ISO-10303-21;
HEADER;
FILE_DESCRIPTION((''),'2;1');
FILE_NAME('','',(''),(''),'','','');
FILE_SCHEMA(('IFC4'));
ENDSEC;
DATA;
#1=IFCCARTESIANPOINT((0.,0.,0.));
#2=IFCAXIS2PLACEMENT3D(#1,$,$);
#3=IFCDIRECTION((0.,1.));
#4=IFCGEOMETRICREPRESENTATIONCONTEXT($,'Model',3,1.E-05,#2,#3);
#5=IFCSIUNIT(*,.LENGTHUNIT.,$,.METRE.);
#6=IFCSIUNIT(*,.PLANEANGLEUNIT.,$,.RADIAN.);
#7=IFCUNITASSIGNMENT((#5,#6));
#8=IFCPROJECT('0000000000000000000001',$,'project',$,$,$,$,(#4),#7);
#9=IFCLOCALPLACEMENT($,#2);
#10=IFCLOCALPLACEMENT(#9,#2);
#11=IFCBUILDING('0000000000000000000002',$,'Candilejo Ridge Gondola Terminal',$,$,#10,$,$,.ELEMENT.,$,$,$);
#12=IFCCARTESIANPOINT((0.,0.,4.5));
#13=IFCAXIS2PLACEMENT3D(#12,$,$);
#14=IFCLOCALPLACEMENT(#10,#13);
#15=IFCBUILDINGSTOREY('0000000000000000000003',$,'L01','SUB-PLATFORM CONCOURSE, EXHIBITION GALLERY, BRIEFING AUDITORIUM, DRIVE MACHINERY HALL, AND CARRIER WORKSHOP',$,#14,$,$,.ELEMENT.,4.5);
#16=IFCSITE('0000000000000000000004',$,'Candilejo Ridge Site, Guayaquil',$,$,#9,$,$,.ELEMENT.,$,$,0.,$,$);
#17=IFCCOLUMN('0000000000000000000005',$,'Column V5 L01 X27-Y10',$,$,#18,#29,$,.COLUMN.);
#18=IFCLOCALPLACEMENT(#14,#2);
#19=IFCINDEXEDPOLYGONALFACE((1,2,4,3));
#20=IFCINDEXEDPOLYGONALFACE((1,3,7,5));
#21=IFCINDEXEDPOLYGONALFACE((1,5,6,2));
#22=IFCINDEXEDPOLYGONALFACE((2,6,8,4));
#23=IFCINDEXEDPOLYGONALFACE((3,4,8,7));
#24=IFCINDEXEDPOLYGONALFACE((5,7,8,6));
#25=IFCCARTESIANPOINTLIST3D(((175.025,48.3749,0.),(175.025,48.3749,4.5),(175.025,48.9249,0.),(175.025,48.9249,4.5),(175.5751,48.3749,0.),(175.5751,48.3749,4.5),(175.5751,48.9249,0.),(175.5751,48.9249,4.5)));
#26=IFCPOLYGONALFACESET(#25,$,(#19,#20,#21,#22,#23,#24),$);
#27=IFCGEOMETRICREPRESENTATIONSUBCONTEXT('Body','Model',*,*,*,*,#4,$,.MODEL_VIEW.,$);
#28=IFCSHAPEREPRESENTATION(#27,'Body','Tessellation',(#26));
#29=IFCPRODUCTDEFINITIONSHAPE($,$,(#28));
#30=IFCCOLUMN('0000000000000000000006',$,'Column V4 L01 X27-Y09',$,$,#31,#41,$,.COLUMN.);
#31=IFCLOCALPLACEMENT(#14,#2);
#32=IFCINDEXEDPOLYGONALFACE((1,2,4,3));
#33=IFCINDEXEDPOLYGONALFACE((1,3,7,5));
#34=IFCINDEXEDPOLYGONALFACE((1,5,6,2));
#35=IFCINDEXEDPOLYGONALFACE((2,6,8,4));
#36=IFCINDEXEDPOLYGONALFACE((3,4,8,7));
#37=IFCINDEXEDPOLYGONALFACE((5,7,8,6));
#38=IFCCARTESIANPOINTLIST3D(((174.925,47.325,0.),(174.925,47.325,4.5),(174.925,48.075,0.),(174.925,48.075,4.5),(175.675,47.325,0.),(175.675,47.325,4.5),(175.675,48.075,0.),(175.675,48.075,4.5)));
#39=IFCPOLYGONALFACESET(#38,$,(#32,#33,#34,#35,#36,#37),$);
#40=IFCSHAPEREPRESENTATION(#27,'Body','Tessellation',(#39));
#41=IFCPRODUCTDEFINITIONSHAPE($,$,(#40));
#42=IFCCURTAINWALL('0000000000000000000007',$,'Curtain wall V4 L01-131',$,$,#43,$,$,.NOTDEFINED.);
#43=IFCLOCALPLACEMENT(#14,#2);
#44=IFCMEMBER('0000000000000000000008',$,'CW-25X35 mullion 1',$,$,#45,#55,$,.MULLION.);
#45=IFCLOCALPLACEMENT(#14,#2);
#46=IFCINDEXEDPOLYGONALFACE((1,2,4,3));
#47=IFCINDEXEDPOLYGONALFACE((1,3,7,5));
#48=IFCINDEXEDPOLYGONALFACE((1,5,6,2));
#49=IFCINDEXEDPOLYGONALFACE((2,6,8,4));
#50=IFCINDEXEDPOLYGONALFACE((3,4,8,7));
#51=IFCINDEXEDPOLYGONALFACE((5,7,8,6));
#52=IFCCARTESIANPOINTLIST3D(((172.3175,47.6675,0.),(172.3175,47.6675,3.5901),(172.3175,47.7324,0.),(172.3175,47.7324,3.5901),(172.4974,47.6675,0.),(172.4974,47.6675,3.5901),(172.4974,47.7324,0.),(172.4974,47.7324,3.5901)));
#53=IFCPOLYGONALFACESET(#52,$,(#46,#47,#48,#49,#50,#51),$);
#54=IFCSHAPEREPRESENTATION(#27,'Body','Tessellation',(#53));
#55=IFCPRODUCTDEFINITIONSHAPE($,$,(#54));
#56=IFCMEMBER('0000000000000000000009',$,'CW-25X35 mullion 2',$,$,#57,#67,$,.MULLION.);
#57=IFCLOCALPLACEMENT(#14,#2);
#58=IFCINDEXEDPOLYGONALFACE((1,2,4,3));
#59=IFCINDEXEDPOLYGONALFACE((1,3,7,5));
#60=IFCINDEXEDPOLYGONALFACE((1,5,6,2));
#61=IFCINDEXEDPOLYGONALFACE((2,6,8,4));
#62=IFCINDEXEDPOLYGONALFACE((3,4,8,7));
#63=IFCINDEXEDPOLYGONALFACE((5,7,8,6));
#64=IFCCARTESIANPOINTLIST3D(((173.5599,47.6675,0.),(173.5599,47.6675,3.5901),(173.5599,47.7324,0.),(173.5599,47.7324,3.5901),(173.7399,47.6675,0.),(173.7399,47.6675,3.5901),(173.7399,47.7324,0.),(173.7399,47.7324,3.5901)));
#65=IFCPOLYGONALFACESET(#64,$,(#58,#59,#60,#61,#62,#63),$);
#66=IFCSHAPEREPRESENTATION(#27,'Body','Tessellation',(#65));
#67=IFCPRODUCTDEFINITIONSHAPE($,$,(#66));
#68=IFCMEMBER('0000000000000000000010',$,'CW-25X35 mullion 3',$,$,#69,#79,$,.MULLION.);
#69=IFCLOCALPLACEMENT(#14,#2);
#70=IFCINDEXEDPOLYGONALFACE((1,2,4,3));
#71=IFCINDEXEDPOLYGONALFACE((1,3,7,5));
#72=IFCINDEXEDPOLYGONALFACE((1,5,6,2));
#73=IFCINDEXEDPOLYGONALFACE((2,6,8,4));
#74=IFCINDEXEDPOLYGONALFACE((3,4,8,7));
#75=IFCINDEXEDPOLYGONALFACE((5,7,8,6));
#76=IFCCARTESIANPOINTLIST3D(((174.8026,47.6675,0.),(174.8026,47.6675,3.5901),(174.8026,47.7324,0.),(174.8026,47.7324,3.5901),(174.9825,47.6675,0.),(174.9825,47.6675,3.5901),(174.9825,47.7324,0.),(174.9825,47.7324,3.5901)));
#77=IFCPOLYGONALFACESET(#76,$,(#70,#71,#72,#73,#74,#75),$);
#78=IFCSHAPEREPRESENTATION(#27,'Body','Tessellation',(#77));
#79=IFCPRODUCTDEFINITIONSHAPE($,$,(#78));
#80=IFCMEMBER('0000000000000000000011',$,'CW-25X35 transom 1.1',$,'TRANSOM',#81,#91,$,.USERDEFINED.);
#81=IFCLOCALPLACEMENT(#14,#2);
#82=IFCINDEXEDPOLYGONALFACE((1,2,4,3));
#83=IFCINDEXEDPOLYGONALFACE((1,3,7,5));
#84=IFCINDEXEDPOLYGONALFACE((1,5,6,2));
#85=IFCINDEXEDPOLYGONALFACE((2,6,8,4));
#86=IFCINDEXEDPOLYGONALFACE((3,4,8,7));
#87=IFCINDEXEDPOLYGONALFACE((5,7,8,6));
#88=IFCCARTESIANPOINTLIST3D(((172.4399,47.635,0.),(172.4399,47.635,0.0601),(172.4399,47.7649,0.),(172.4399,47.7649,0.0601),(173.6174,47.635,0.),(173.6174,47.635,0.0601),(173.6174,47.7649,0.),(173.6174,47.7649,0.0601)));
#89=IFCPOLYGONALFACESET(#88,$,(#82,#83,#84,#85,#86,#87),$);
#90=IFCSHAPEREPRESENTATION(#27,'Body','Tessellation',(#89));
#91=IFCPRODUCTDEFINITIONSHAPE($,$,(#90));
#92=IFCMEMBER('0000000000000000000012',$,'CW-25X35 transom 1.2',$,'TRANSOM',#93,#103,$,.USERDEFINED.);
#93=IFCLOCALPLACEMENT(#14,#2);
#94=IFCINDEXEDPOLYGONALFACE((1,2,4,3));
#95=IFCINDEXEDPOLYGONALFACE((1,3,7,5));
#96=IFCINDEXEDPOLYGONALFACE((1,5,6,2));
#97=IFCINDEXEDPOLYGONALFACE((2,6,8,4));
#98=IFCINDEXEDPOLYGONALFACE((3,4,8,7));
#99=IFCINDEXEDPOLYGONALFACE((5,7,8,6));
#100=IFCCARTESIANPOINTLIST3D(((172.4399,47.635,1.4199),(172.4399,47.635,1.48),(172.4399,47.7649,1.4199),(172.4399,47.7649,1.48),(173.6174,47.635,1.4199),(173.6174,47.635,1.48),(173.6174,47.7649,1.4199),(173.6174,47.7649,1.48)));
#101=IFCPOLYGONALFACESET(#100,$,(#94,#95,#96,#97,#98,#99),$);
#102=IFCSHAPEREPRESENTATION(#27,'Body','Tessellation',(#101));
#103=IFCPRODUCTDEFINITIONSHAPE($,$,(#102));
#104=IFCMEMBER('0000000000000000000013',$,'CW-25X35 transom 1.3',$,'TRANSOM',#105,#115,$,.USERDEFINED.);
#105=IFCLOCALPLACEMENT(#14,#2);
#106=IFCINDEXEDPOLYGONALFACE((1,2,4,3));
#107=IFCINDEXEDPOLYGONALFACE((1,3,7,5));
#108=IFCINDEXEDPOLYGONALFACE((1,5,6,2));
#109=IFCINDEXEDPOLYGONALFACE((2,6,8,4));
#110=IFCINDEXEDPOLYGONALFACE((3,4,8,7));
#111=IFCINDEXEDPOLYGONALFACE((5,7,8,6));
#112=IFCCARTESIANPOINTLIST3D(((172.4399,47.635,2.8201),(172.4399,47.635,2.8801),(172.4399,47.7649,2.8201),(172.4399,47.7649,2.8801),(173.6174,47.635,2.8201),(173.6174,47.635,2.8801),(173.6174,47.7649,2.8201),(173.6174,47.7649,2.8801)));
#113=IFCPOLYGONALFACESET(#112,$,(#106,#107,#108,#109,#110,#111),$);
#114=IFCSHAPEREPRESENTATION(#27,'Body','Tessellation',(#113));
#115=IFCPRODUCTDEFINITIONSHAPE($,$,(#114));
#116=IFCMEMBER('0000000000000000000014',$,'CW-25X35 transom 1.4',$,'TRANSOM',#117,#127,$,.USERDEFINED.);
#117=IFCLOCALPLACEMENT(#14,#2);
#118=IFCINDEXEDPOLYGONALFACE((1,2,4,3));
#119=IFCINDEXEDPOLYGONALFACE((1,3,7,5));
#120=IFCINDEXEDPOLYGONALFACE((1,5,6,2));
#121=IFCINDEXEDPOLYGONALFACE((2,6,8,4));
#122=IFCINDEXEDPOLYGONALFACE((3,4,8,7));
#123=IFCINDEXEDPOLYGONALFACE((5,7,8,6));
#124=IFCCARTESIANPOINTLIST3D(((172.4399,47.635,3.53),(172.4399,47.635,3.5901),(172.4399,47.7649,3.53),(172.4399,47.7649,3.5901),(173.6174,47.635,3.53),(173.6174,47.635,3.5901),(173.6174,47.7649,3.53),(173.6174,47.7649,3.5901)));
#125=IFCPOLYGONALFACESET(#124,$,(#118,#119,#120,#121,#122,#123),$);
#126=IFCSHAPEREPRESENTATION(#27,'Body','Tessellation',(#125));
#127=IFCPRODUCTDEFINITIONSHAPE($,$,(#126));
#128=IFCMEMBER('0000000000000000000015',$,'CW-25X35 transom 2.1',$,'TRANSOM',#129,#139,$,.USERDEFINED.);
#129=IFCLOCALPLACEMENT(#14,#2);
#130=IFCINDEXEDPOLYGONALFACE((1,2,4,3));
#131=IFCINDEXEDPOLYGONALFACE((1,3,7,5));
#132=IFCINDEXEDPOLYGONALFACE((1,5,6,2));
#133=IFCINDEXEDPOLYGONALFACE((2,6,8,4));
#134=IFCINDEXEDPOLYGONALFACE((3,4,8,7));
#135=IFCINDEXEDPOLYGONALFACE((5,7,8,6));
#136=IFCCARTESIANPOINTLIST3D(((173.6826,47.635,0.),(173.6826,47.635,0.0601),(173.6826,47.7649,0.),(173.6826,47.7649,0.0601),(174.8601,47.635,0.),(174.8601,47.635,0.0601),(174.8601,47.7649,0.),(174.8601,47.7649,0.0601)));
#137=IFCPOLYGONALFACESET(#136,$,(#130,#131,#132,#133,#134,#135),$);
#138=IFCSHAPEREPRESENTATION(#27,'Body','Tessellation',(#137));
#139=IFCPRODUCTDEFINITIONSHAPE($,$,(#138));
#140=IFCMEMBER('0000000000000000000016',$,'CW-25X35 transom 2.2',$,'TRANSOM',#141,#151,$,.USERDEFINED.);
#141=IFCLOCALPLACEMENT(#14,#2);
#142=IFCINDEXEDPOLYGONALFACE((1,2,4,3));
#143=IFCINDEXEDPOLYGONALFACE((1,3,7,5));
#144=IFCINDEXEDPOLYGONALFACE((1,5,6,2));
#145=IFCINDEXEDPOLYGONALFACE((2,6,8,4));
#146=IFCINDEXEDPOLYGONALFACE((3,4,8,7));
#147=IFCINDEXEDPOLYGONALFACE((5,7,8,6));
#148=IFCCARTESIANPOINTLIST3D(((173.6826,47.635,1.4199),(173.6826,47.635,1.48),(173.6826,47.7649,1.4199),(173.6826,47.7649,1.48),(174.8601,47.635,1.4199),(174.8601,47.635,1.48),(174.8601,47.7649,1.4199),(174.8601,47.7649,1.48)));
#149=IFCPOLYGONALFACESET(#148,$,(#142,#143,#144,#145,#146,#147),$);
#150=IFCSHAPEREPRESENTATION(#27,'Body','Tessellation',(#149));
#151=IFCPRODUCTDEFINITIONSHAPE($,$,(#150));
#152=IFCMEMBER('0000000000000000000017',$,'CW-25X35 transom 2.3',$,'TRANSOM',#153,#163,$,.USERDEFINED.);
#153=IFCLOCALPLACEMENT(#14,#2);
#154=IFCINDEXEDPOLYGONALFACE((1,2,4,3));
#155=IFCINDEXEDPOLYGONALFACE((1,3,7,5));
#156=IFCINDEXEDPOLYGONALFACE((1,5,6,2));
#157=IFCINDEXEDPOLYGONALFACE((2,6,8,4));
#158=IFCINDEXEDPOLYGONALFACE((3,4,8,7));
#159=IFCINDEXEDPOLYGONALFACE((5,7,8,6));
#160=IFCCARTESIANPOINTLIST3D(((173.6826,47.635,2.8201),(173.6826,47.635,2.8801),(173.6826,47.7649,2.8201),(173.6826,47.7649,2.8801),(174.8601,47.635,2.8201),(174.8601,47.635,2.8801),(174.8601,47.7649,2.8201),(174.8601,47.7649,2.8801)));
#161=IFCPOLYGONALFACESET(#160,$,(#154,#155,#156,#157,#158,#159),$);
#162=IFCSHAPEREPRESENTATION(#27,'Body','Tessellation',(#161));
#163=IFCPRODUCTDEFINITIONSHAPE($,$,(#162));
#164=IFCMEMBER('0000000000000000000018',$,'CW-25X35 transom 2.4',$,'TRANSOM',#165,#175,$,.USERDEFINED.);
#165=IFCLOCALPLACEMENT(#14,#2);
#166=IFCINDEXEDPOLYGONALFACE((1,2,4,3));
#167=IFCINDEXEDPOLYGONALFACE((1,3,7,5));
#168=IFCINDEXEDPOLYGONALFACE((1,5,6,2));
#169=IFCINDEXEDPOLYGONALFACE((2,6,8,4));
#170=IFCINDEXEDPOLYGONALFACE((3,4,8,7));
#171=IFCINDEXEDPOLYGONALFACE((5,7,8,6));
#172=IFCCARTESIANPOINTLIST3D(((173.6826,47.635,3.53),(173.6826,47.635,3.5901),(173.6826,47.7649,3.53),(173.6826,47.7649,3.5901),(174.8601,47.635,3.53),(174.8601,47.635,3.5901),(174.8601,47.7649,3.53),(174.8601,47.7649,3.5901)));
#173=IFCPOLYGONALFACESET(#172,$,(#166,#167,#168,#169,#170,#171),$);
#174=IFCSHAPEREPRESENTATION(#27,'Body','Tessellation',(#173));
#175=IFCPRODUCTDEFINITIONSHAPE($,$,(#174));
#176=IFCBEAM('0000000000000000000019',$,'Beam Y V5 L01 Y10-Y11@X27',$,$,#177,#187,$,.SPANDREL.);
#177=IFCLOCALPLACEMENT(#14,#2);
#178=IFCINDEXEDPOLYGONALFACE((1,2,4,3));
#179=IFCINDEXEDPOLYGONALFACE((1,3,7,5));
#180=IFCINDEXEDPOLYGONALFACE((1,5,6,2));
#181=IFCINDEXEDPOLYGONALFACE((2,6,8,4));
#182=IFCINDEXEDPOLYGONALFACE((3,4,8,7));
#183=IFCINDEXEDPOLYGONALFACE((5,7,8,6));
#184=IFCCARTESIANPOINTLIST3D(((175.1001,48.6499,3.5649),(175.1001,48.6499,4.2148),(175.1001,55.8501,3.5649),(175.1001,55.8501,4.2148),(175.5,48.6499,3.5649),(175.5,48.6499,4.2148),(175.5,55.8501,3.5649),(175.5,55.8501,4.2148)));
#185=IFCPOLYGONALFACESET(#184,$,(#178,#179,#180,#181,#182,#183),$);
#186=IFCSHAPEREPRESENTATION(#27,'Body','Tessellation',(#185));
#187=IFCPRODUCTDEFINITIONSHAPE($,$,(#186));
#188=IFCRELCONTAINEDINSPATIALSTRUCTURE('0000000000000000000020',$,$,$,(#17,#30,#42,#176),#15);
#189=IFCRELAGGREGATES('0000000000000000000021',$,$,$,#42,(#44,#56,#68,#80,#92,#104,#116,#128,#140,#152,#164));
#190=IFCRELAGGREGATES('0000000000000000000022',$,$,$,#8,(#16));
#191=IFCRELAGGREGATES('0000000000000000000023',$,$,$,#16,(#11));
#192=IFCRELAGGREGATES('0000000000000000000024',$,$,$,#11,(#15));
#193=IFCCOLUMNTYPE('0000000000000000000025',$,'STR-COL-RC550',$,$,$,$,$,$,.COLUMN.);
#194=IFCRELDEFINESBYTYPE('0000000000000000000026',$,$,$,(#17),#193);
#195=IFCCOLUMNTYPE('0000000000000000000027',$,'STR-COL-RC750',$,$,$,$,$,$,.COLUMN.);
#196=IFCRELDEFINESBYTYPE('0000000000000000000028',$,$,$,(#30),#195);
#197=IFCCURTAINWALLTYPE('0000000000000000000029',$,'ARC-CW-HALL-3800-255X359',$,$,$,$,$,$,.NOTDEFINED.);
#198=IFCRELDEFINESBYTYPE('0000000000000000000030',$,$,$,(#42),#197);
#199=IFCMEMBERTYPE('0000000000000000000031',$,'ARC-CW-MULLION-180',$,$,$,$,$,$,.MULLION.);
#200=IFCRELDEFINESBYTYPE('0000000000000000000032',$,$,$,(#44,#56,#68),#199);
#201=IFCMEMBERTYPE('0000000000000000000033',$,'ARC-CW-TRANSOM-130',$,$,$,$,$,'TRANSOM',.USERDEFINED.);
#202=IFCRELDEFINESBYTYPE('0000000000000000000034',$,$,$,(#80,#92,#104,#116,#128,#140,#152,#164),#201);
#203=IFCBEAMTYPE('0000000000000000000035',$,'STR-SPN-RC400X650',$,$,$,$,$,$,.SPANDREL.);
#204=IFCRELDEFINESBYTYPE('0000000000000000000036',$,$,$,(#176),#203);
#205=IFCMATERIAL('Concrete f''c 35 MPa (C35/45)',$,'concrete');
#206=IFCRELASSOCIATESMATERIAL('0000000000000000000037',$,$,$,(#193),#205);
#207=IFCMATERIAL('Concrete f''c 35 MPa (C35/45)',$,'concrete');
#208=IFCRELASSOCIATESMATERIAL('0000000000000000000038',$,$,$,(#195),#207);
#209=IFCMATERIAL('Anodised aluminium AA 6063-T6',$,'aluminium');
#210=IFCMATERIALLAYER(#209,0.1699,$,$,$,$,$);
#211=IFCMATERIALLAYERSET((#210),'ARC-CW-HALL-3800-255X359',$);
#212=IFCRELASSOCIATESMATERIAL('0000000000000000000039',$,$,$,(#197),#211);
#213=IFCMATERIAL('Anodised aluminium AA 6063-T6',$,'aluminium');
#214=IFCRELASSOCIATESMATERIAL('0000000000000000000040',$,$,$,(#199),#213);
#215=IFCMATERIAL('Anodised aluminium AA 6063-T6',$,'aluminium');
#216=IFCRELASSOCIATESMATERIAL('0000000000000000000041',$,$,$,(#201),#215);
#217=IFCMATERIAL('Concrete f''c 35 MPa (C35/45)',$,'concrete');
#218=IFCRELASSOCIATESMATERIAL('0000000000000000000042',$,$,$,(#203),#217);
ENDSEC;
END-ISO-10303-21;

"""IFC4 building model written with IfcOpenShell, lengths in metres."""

from ifc_helpers import new_model, si_unit, direction, frame, origin, origin_2d, place, context, subcontext, project, spatial, rectangle, extrude, material, layer, layer_set, material_profile, profile_set, type_object, element, aggregate, save


model = new_model("IFC4")

# Units and contexts
model_context = context("Model", 3, precision=1e-05, world=origin(), true_north=direction((0.0, 1.0)))
body_context = subcontext(model_context, "Body", "Model", "MODEL_VIEW")
ifc_project = project(units=[si_unit("LENGTHUNIT", "METRE"), si_unit("PLANEANGLEUNIT", "RADIAN")], contexts=[model_context])

# Site, building, storey
site_placement = place(None, origin())
site = spatial("IfcSite", under=ifc_project, at=site_placement, Name="Candilejo Ridge Site, Guayaquil", CompositionType="ELEMENT", RefElevation=0.0)
building_placement = place(site_placement, origin())
building = spatial("IfcBuilding", under=site, at=building_placement, Name="Candilejo Ridge Gondola Terminal", CompositionType="ELEMENT")
storey_placement = place(building_placement, frame((0.0, 0.0, 4.5)))
storey = spatial("IfcBuildingStorey", under=building, at=storey_placement, Name="L01", Description="SUB-PLATFORM CONCOURSE, EXHIBITION GALLERY, BRIEFING AUDITORIUM, DRIVE MACHINERY HALL, AND CARRIER WORKSHOP", CompositionType="ELEMENT", Elevation=4.5)

# Columns
ifc_material_1 = material(Name="Concrete f'c 35 MPa (C35/45)", Category="concrete")
ifc_material_profile_1 = material_profile(ifc_material_1, rectangle(XDim=0.55, YDim=0.55, at=origin_2d()))
ifc_profile_set_1 = profile_set([ifc_material_profile_1], Name="Concrete f'c 35 MPa (C35/45)")
column_type_1 = type_object("IfcColumnType", Name="STR-COL-RC550", PredefinedType="COLUMN", material=ifc_profile_set_1)
column_1_placement = place(storey_placement, frame((175.3, 48.6499, 0.0), z_axis=(0.0, 0.0, 1.0), x_axis=(1.0, 0.0, 0.0)))
element("IfcColumn", 1, at=column_1_placement, inside=storey, type_object=column_type_1, Name="Column V5 L01 X27-Y10", PredefinedType="COLUMN", context=body_context, shape_type="SweptSolid", body=[
    extrude(rectangle(XDim=0.55, YDim=0.55, at=origin_2d()), origin(), (0.0, 0.0, 1.0), 4.5),
])
ifc_material_2 = material(Name="Concrete f'c 35 MPa (C35/45)", Category="concrete")
ifc_material_profile_2 = material_profile(ifc_material_2, rectangle(XDim=0.75, YDim=0.75, at=origin_2d()))
ifc_profile_set_2 = profile_set([ifc_material_profile_2], Name="Concrete f'c 35 MPa (C35/45)")
column_type_2 = type_object("IfcColumnType", Name="STR-COL-RC750", PredefinedType="COLUMN", material=ifc_profile_set_2)
column_2_placement = place(storey_placement, frame((175.3, 47.7, 0.0), z_axis=(0.0, 0.0, 1.0), x_axis=(1.0, 0.0, 0.0)))
element("IfcColumn", 2, at=column_2_placement, inside=storey, type_object=column_type_2, Name="Column V4 L01 X27-Y09", PredefinedType="COLUMN", context=body_context, shape_type="SweptSolid", body=[
    extrude(rectangle(XDim=0.75, YDim=0.75, at=origin_2d()), origin(), (0.0, 0.0, 1.0), 4.5),
])

# Curtain wall, members
ifc_material_3 = material(Name="Anodised aluminium AA 6063-T6", Category="aluminium")
ifc_layer_1 = layer(ifc_material_3, 0.1699)
ifc_layer_set_1 = layer_set([ifc_layer_1], Name="ARC-CW-HALL-3800-255X359")
curtain_wall_type = type_object("IfcCurtainWallType", Name="ARC-CW-HALL-3800-255X359", PredefinedType="NOTDEFINED", material=ifc_layer_set_1)
curtain_wall_placement = place(storey_placement, origin())
curtain_wall = element("IfcCurtainWall", 3, at=curtain_wall_placement, inside=storey, type_object=curtain_wall_type, Name="Curtain wall V4 L01-131", PredefinedType="NOTDEFINED")
ifc_material_4 = material(Name="Anodised aluminium AA 6063-T6", Category="aluminium")
ifc_material_profile_3 = material_profile(ifc_material_4, rectangle(XDim=0.0649, YDim=0.1799, at=origin_2d()))
ifc_profile_set_3 = profile_set([ifc_material_profile_3], Name="Anodised aluminium AA 6063-T6")
member_type_1 = type_object("IfcMemberType", Name="ARC-CW-MULLION-180", PredefinedType="MULLION", material=ifc_profile_set_3)
member_1_placement = place(storey_placement, frame((172.4075, 47.7, 0.0), z_axis=(0.0, 0.0, 1.0), x_axis=(0.0, 1.0, 0.0)))
member_1 = element("IfcMember", 4, at=member_1_placement, type_object=member_type_1, Name="CW-25X35 mullion 1", PredefinedType="MULLION", context=body_context, shape_type="SweptSolid", body=[
    extrude(rectangle(XDim=0.0649, YDim=0.1799, at=origin_2d()), origin(), (0.0, 0.0, 1.0), 3.5901),
])
member_2_placement = place(storey_placement, frame((173.6499, 47.7, 0.0), z_axis=(0.0, 0.0, 1.0), x_axis=(0.0, 1.0, 0.0)))
member_2 = element("IfcMember", 5, at=member_2_placement, type_object=member_type_1, Name="CW-25X35 mullion 2", PredefinedType="MULLION", context=body_context, shape_type="SweptSolid", body=[
    extrude(rectangle(XDim=0.0649, YDim=0.1799, at=origin_2d()), origin(), (0.0, 0.0, 1.0), 3.5901),
])
member_3_placement = place(storey_placement, frame((174.8926, 47.7, 0.0), z_axis=(0.0, 0.0, 1.0), x_axis=(0.0, 1.0, 0.0)))
member_3 = element("IfcMember", 6, at=member_3_placement, type_object=member_type_1, Name="CW-25X35 mullion 3", PredefinedType="MULLION", context=body_context, shape_type="SweptSolid", body=[
    extrude(rectangle(XDim=0.0649, YDim=0.1799, at=origin_2d()), origin(), (0.0, 0.0, 1.0), 3.5901),
])
ifc_material_5 = material(Name="Anodised aluminium AA 6063-T6", Category="aluminium")
ifc_material_profile_4 = material_profile(ifc_material_5, rectangle(XDim=0.1299, YDim=0.0601, at=origin_2d()))
ifc_profile_set_4 = profile_set([ifc_material_profile_4], Name="Anodised aluminium AA 6063-T6")
member_type_2 = type_object("IfcMemberType", Name="ARC-CW-TRANSOM-130", ElementType="TRANSOM", PredefinedType="USERDEFINED", material=ifc_profile_set_4)
member_4_placement = place(storey_placement, frame((172.4399, 47.7, 0.03), z_axis=(1.0, 0.0, 0.0), x_axis=(0.0, 1.0, 0.0)))
member_4 = element("IfcMember", 7, at=member_4_placement, type_object=member_type_2, Name="CW-25X35 transom 1.1", ObjectType="TRANSOM", PredefinedType="USERDEFINED", context=body_context, shape_type="SweptSolid", body=[
    extrude(rectangle(XDim=0.1299, YDim=0.0601, at=origin_2d()), origin(), (0.0, 0.0, 1.0), 1.1775),
])
member_5_placement = place(storey_placement, frame((172.4399, 47.7, 1.45), z_axis=(1.0, 0.0, 0.0), x_axis=(0.0, 1.0, 0.0)))
member_5 = element("IfcMember", 8, at=member_5_placement, type_object=member_type_2, Name="CW-25X35 transom 1.2", ObjectType="TRANSOM", PredefinedType="USERDEFINED", context=body_context, shape_type="SweptSolid", body=[
    extrude(rectangle(XDim=0.1299, YDim=0.0601, at=origin_2d()), origin(), (0.0, 0.0, 1.0), 1.1775),
])
member_6_placement = place(storey_placement, frame((172.4399, 47.7, 2.8501), z_axis=(1.0, 0.0, 0.0), x_axis=(0.0, 1.0, 0.0)))
member_6 = element("IfcMember", 9, at=member_6_placement, type_object=member_type_2, Name="CW-25X35 transom 1.3", ObjectType="TRANSOM", PredefinedType="USERDEFINED", context=body_context, shape_type="SweptSolid", body=[
    extrude(rectangle(XDim=0.1299, YDim=0.0601, at=origin_2d()), origin(), (0.0, 0.0, 1.0), 1.1775),
])
member_7_placement = place(storey_placement, frame((172.4399, 47.7, 3.5601), z_axis=(1.0, 0.0, 0.0), x_axis=(0.0, 1.0, 0.0)))
member_7 = element("IfcMember", 10, at=member_7_placement, type_object=member_type_2, Name="CW-25X35 transom 1.4", ObjectType="TRANSOM", PredefinedType="USERDEFINED", context=body_context, shape_type="SweptSolid", body=[
    extrude(rectangle(XDim=0.1299, YDim=0.0601, at=origin_2d()), origin(), (0.0, 0.0, 1.0), 1.1775),
])
member_8_placement = place(storey_placement, frame((173.6826, 47.7, 0.03), z_axis=(1.0, 0.0, 0.0), x_axis=(0.0, 1.0, 0.0)))
member_8 = element("IfcMember", 11, at=member_8_placement, type_object=member_type_2, Name="CW-25X35 transom 2.1", ObjectType="TRANSOM", PredefinedType="USERDEFINED", context=body_context, shape_type="SweptSolid", body=[
    extrude(rectangle(XDim=0.1299, YDim=0.0601, at=origin_2d()), origin(), (0.0, 0.0, 1.0), 1.1775),
])
member_9_placement = place(storey_placement, frame((173.6826, 47.7, 1.45), z_axis=(1.0, 0.0, 0.0), x_axis=(0.0, 1.0, 0.0)))
member_9 = element("IfcMember", 12, at=member_9_placement, type_object=member_type_2, Name="CW-25X35 transom 2.2", ObjectType="TRANSOM", PredefinedType="USERDEFINED", context=body_context, shape_type="SweptSolid", body=[
    extrude(rectangle(XDim=0.1299, YDim=0.0601, at=origin_2d()), origin(), (0.0, 0.0, 1.0), 1.1775),
])
member_10_placement = place(storey_placement, frame((173.6826, 47.7, 2.8501), z_axis=(1.0, 0.0, 0.0), x_axis=(0.0, 1.0, 0.0)))
member_10 = element("IfcMember", 13, at=member_10_placement, type_object=member_type_2, Name="CW-25X35 transom 2.3", ObjectType="TRANSOM", PredefinedType="USERDEFINED", context=body_context, shape_type="SweptSolid", body=[
    extrude(rectangle(XDim=0.1299, YDim=0.0601, at=origin_2d()), origin(), (0.0, 0.0, 1.0), 1.1775),
])
member_11_placement = place(storey_placement, frame((173.6826, 47.7, 3.5601), z_axis=(1.0, 0.0, 0.0), x_axis=(0.0, 1.0, 0.0)))
member_11 = element("IfcMember", 14, at=member_11_placement, type_object=member_type_2, Name="CW-25X35 transom 2.4", ObjectType="TRANSOM", PredefinedType="USERDEFINED", context=body_context, shape_type="SweptSolid", body=[
    extrude(rectangle(XDim=0.1299, YDim=0.0601, at=origin_2d()), origin(), (0.0, 0.0, 1.0), 1.1775),
])

# Beam
ifc_material_6 = material(Name="Concrete f'c 35 MPa (C35/45)", Category="concrete")
ifc_material_profile_5 = material_profile(ifc_material_6, rectangle(XDim=0.3999, YDim=0.6499, at=origin_2d()))
ifc_profile_set_5 = profile_set([ifc_material_profile_5], Name="Concrete f'c 35 MPa (C35/45)")
beam_type = type_object("IfcBeamType", Name="STR-SPN-RC400X650", PredefinedType="SPANDREL", material=ifc_profile_set_5)
beam_placement = place(storey_placement, frame((175.3, 48.6499, 3.8899), z_axis=(0.0, 1.0, 0.0), x_axis=(-1.0, 0.0, 0.0)))
element("IfcBeam", 15, at=beam_placement, inside=storey, type_object=beam_type, Name="Beam Y V5 L01 Y10-Y11@X27", PredefinedType="SPANDREL", context=body_context, shape_type="SweptSolid", body=[
    extrude(rectangle(XDim=0.3999, YDim=0.6499, at=origin_2d()), origin(), (0.0, 0.0, 1.0), 7.2002),
])

aggregate(curtain_wall, [member_1, member_2, member_3, member_4, member_5, member_6, member_7, member_8, member_9, member_10, member_11])

save(model, "model.ifc")
